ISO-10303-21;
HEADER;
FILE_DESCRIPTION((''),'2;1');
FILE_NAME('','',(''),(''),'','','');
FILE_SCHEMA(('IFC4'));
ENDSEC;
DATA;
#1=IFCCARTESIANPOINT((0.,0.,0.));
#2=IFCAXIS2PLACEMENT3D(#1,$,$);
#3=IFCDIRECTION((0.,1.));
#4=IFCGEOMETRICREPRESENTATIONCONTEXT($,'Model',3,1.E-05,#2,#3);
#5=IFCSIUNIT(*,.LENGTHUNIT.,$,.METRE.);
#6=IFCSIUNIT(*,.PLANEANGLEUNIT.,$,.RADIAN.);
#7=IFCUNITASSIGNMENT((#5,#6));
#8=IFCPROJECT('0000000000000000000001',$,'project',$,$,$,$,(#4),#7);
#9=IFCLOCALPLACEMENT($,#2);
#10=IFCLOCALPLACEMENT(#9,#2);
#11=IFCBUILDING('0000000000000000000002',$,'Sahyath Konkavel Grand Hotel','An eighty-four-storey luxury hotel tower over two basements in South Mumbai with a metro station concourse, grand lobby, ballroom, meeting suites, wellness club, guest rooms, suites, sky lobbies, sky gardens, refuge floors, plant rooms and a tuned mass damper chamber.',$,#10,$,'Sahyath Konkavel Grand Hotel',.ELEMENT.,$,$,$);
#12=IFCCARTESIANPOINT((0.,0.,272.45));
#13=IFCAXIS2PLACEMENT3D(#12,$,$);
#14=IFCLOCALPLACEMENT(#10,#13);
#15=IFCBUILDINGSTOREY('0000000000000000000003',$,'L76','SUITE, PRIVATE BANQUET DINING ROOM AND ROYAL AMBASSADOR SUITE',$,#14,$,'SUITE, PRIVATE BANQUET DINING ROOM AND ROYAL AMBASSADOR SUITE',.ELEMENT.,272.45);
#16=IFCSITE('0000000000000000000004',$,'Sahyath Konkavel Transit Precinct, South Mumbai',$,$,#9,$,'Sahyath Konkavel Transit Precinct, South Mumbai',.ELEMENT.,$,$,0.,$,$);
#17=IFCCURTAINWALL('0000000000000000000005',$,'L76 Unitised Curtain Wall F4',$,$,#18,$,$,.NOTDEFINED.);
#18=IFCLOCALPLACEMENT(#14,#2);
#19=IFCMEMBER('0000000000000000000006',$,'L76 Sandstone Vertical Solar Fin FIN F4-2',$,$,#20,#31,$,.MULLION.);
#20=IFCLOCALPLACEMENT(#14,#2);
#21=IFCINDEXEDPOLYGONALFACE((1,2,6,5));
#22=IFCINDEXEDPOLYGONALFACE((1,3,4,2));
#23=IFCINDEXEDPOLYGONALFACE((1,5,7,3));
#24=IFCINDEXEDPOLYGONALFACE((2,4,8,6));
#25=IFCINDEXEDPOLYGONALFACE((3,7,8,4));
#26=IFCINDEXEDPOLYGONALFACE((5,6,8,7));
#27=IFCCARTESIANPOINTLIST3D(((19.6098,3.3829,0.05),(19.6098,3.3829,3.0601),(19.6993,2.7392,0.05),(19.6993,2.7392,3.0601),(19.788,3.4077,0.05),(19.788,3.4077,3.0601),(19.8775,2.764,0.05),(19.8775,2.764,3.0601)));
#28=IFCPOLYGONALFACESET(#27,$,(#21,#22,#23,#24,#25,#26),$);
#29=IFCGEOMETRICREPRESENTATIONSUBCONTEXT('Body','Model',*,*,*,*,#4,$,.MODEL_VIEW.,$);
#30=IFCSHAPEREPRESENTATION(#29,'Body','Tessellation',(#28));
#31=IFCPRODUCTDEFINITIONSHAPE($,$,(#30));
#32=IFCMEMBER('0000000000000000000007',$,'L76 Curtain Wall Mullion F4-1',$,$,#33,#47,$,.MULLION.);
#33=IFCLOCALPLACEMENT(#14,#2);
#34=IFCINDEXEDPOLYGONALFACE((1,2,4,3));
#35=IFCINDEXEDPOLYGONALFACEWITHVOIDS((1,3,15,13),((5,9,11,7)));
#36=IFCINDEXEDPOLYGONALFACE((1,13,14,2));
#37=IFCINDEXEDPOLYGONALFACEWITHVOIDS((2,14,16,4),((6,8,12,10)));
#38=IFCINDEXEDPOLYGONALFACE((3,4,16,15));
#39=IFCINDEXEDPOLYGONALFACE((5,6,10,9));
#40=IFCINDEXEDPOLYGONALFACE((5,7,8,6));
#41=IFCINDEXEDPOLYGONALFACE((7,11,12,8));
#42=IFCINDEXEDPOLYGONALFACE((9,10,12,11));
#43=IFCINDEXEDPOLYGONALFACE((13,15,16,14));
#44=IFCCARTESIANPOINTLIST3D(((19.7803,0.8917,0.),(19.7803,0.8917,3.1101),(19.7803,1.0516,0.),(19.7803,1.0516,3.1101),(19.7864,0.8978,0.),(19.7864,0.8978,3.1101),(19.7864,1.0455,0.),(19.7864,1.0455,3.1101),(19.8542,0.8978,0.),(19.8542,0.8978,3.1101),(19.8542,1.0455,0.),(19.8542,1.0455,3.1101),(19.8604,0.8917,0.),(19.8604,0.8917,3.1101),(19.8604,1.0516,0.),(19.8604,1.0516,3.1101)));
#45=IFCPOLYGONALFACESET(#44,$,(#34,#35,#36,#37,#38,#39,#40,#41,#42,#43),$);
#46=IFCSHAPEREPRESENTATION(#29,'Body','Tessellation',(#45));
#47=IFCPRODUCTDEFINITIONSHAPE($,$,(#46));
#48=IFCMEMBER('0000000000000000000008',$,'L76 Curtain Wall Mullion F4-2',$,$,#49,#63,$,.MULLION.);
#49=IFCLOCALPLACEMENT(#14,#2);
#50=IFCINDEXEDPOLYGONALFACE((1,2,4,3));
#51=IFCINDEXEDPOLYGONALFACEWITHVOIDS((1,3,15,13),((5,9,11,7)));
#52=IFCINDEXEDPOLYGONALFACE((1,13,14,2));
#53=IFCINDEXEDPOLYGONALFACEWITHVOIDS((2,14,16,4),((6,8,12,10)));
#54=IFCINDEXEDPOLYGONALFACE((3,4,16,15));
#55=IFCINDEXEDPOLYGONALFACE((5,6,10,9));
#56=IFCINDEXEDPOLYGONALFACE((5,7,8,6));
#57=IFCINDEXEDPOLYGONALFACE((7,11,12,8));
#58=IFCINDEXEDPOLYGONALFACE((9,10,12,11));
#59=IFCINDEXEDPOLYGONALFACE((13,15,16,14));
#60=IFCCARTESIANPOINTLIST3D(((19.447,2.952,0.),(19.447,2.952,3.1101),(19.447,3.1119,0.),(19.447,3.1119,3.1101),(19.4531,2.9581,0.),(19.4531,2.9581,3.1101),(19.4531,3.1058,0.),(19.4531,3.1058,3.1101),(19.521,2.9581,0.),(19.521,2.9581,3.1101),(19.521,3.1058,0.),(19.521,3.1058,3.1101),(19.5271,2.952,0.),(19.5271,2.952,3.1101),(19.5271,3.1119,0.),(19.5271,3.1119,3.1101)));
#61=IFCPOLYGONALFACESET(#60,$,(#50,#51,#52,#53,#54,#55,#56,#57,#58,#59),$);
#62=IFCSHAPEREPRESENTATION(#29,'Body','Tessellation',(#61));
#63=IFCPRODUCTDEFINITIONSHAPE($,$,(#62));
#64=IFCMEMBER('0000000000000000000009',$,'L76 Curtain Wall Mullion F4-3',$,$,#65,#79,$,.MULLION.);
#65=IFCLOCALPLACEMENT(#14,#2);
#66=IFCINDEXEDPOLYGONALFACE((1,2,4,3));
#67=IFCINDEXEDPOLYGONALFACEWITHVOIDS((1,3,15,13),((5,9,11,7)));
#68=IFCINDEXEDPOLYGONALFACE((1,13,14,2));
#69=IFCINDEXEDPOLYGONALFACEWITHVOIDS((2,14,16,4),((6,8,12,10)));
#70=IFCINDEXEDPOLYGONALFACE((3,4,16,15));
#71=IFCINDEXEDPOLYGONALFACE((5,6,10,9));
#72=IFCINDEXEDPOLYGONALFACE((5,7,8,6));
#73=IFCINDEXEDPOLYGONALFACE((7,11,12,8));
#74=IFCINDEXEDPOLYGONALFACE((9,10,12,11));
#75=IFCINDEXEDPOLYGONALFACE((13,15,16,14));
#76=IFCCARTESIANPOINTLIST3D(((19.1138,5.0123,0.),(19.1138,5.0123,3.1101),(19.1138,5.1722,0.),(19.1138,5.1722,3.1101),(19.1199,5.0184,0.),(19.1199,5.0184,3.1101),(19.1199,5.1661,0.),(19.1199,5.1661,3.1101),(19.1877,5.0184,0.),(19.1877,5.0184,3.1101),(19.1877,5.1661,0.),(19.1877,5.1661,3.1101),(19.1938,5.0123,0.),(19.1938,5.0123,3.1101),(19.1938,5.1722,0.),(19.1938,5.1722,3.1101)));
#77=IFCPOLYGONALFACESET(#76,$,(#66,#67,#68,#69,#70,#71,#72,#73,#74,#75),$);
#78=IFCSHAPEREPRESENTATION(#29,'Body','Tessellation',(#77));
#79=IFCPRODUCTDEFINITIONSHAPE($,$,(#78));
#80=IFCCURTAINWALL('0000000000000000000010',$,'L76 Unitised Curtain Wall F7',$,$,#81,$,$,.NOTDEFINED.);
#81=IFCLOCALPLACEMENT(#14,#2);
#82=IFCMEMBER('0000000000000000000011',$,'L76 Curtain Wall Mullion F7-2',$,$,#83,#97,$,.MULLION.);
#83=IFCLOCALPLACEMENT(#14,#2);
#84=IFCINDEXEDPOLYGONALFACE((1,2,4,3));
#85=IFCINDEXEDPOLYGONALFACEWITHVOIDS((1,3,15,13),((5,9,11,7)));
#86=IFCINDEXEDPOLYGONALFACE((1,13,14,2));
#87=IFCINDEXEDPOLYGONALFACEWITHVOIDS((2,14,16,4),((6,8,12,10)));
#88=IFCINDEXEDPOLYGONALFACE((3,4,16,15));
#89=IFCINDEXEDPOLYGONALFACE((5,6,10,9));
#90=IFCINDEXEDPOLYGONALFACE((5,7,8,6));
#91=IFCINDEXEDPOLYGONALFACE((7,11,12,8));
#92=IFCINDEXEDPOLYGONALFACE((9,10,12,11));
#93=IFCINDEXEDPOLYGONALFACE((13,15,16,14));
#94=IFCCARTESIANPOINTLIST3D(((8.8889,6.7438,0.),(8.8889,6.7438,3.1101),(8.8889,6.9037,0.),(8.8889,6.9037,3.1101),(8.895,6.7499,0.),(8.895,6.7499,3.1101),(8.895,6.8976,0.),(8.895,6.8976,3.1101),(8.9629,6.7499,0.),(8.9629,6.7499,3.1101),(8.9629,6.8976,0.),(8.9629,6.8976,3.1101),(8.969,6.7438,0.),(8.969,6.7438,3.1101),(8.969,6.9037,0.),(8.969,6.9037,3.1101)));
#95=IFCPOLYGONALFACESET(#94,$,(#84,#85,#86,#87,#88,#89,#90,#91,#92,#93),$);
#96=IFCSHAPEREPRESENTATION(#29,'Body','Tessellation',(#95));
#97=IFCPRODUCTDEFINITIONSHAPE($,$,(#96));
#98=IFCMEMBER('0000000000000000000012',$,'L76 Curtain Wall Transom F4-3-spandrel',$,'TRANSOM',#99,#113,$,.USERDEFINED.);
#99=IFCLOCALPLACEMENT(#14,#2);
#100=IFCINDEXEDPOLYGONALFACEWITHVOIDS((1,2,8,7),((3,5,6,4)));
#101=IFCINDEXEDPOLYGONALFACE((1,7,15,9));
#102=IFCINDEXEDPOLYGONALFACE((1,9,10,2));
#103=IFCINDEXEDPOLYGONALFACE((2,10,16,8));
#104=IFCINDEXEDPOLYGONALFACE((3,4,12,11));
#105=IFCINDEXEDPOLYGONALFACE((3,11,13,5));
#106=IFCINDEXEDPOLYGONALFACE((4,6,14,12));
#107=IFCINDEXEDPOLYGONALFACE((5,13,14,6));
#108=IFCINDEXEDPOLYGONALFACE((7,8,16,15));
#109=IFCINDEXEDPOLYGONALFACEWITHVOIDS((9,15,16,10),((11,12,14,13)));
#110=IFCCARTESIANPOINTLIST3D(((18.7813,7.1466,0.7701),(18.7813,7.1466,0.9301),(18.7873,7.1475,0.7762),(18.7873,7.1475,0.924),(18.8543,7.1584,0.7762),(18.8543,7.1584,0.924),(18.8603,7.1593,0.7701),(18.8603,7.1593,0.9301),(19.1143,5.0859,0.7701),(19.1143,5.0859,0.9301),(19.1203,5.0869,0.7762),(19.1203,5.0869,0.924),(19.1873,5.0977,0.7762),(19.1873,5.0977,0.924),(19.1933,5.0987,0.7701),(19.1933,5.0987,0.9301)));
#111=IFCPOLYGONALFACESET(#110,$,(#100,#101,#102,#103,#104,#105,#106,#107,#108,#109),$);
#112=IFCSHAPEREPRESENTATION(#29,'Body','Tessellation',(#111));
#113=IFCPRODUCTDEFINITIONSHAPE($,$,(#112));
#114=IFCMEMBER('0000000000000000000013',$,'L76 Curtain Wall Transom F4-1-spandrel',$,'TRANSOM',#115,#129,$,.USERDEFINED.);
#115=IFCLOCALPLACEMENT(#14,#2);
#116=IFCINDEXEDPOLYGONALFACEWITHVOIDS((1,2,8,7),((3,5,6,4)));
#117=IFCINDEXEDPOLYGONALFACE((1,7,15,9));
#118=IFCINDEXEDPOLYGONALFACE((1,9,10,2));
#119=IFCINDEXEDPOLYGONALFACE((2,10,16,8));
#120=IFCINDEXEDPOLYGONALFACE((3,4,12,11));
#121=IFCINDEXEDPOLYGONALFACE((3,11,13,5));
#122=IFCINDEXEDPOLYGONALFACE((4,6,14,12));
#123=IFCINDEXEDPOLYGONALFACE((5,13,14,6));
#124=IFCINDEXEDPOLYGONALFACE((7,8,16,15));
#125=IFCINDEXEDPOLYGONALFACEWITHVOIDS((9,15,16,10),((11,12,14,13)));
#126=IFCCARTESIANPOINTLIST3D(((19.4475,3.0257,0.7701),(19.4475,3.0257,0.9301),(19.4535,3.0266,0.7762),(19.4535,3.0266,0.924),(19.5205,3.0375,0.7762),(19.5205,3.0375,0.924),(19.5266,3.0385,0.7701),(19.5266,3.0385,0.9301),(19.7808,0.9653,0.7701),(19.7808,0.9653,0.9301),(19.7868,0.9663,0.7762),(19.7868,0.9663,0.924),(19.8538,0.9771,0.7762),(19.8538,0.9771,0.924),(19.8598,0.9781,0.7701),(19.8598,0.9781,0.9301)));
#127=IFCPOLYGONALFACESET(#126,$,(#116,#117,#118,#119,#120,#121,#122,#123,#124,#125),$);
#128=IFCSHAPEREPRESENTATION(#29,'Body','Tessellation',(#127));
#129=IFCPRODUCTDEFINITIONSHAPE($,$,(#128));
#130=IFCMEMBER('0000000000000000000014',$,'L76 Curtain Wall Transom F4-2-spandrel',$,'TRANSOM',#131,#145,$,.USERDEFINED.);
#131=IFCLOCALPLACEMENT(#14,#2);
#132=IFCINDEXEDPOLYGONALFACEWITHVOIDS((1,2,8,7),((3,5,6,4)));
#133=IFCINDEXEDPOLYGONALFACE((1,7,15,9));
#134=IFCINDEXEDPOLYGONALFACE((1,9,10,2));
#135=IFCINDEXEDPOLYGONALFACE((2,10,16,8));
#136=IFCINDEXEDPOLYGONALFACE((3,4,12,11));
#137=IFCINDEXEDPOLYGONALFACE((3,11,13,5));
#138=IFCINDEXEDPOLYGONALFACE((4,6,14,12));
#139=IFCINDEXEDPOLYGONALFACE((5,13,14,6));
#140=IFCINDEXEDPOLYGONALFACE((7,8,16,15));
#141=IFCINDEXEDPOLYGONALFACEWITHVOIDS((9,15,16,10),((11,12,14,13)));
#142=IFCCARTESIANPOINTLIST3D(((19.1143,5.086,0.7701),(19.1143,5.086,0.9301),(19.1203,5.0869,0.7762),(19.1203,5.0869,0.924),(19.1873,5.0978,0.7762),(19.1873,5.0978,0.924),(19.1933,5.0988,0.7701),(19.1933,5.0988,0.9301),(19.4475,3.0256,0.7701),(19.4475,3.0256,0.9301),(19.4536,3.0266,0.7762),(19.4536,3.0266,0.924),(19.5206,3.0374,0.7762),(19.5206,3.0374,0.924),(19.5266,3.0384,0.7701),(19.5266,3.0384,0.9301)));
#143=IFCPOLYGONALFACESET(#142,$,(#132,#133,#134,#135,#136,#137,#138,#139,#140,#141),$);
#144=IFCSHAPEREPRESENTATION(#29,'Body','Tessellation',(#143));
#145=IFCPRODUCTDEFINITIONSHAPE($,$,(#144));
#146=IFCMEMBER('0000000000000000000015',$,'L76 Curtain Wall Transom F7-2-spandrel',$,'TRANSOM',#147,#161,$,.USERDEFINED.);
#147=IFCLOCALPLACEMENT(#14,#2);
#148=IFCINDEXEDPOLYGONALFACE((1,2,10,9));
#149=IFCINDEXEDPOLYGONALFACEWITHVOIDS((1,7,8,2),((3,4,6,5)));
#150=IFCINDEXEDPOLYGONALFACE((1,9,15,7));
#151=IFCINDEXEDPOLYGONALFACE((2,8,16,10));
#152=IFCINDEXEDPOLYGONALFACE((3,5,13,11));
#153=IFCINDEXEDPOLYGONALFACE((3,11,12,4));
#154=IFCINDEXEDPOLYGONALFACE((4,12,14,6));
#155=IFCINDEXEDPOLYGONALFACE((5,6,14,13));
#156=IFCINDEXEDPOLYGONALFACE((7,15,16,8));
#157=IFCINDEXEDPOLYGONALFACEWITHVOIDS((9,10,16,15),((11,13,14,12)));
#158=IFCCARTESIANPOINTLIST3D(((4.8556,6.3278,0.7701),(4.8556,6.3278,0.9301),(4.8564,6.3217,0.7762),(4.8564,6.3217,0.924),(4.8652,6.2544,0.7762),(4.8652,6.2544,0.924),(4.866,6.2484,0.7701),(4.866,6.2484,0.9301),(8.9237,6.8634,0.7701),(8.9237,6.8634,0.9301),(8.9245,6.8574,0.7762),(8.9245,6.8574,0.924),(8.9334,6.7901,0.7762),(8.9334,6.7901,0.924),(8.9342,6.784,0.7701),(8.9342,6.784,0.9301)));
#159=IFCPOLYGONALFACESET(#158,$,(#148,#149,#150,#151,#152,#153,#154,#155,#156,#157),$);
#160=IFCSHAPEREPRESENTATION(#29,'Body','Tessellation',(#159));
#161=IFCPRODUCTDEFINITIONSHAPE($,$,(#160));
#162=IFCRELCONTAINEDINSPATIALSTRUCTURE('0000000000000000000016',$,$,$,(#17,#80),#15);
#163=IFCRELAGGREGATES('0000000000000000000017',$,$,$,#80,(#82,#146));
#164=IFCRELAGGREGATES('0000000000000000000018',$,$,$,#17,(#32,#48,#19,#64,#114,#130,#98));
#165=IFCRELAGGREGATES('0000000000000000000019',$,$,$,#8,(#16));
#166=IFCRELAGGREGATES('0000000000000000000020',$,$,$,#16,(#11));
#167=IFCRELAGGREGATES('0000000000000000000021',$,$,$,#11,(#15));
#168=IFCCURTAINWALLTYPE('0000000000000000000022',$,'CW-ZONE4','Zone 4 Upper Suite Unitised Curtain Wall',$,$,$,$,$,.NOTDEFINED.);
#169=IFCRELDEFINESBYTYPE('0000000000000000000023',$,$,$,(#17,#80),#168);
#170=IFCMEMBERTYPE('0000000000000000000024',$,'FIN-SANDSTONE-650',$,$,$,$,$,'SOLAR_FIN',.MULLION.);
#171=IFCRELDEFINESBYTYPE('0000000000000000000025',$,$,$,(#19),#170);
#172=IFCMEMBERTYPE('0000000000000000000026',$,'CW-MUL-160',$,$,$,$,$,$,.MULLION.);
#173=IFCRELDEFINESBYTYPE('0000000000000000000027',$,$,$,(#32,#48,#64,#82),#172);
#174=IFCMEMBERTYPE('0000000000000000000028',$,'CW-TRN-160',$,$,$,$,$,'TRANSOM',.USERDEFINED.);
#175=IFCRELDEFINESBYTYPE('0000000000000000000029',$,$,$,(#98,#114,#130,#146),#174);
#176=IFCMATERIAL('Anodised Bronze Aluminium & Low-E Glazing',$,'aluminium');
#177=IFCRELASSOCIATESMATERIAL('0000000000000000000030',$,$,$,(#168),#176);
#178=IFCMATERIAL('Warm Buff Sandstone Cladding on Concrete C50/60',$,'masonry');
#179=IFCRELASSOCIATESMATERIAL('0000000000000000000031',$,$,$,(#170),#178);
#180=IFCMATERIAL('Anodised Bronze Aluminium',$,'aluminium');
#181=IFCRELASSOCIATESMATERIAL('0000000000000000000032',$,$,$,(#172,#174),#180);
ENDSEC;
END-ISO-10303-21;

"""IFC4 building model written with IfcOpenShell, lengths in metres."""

from ifc_helpers import new_model, si_unit, direction, frame, origin, origin_2d, place, context, subcontext, project, spatial, rectangle, hollow_rectangle, extrude, source, transform, mapped, material, material_profile, profile_set, type_object, element, aggregate, save


model = new_model("IFC4")

# Units and contexts
model_context = context("Model", 3, precision=1e-05, world=origin(), true_north=direction((0.0, 1.0)))
body_context = subcontext(model_context, "Body", "Model", "MODEL_VIEW")
ifc_project = project(units=[si_unit("LENGTHUNIT", "METRE"), si_unit("PLANEANGLEUNIT", "RADIAN")], contexts=[model_context])

# Site, building, storey
site_placement = place(None, origin())
site = spatial("IfcSite", under=ifc_project, at=site_placement, Name="Sahyath Konkavel Transit Precinct, South Mumbai", LongName="Sahyath Konkavel Transit Precinct, South Mumbai", CompositionType="ELEMENT", RefElevation=0.0)
building_placement = place(site_placement, origin())
building = spatial("IfcBuilding", under=site, at=building_placement, Name="Sahyath Konkavel Grand Hotel", Description="An eighty-four-storey luxury hotel tower over two basements in South Mumbai with a metro station concourse, grand lobby, ballroom, meeting suites, wellness club, guest rooms, suites, sky lobbies, sky gardens, refuge floors, plant rooms and a tuned mass damper chamber.", LongName="Sahyath Konkavel Grand Hotel", CompositionType="ELEMENT")
storey_placement = place(building_placement, frame((0.0, 0.0, 272.45)))
storey = spatial("IfcBuildingStorey", under=building, at=storey_placement, Name="L76", Description="SUITE, PRIVATE BANQUET DINING ROOM AND ROYAL AMBASSADOR SUITE", LongName="SUITE, PRIVATE BANQUET DINING ROOM AND ROYAL AMBASSADOR SUITE", CompositionType="ELEMENT", Elevation=272.45)

# Curtain wall, members
ifc_material_1 = material(Name="Anodised Bronze Aluminium & Low-E Glazing", Category="aluminium")
curtain_wall_type = type_object("IfcCurtainWallType", Name="CW-ZONE4", Description="Zone 4 Upper Suite Unitised Curtain Wall", PredefinedType="NOTDEFINED", material=ifc_material_1)
curtain_wall_1_placement = place(storey_placement, origin())
curtain_wall_1 = element("IfcCurtainWall", 1, at=curtain_wall_1_placement, inside=storey, type_object=curtain_wall_type, Name="L76 Unitised Curtain Wall F4", PredefinedType="NOTDEFINED")
ifc_material_2 = material(Name="Warm Buff Sandstone Cladding on Concrete C50/60", Category="masonry")
ifc_material_profile_1 = material_profile(ifc_material_2, rectangle(XDim=0.1799, YDim=0.6499, at=origin_2d()), Name="FIN 180x650")
ifc_profile_set_1 = profile_set([ifc_material_profile_1], Name="Warm Buff Sandstone Cladding on Concrete C50/60")
member_type_1 = type_object("IfcMemberType", Name="FIN-SANDSTONE-650", ElementType="SOLAR_FIN", PredefinedType="MULLION", material=ifc_profile_set_1)
shared_shape_1 = source(origin(), body_context, "Body", "SweptSolid", [
    extrude(rectangle(XDim=0.1799, YDim=0.6499, at=origin_2d()), origin(), (0.0, 0.0, 1.0), 3.01),
])
member_1_placement = place(storey_placement, frame((19.7437, 3.0735, 0.05), z_axis=(0.0, 0.0, 1.0), x_axis=(0.990461, 0.13779, 0.0)))
member_1 = element("IfcMember", 2, at=member_1_placement, type_object=member_type_1, Name="L76 Sandstone Vertical Solar Fin FIN F4-2", PredefinedType="MULLION", context=body_context, shape_type="MappedRepresentation", body=[
    mapped(shared_shape_1, transform((0.0, 0.0, 0.0), scale=1.0)),
])
ifc_material_3 = material(Name="Anodised Bronze Aluminium", Category="aluminium")
ifc_material_profile_2 = material_profile(ifc_material_3, hollow_rectangle(XDim=0.0801, YDim=0.1599, WallThickness=0.0061, at=origin_2d()), Name="RHS 160x80x6")
ifc_profile_set_2 = profile_set([ifc_material_profile_2], Name="Anodised Bronze Aluminium")
member_type_2 = type_object("IfcMemberType", Name="CW-MUL-160", PredefinedType="MULLION", material=ifc_profile_set_2)
shared_shape_2 = source(origin(), body_context, "Body", "SweptSolid", [
    extrude(hollow_rectangle(XDim=0.0801, YDim=0.1599, WallThickness=0.0061, at=origin_2d()), origin(), (0.0, 0.0, 1.0), 3.1101),
])
member_2_placement = place(storey_placement, frame((19.8203, 0.9717, 0.0), z_axis=(0.0, 0.0, 1.0), x_axis=(1.0, 0.0, 0.0)))
member_2 = element("IfcMember", 3, at=member_2_placement, type_object=member_type_2, Name="L76 Curtain Wall Mullion F4-1", PredefinedType="MULLION", context=body_context, shape_type="MappedRepresentation", body=[
    mapped(shared_shape_2, transform((0.0, 0.0, 0.0), scale=1.0)),
])
member_3_placement = place(storey_placement, frame((19.4871, 3.032, 0.0), z_axis=(0.0, 0.0, 1.0), x_axis=(1.0, 0.0, 0.0)))
member_3 = element("IfcMember", 4, at=member_3_placement, type_object=member_type_2, Name="L76 Curtain Wall Mullion F4-2", PredefinedType="MULLION", context=body_context, shape_type="MappedRepresentation", body=[
    mapped(shared_shape_2, transform((0.0, 0.0, 0.0), scale=1.0)),
])
member_4_placement = place(storey_placement, frame((19.1538, 5.0923, 0.0), z_axis=(0.0, 0.0, 1.0), x_axis=(1.0, 0.0, 0.0)))
member_4 = element("IfcMember", 5, at=member_4_placement, type_object=member_type_2, Name="L76 Curtain Wall Mullion F4-3", PredefinedType="MULLION", context=body_context, shape_type="MappedRepresentation", body=[
    mapped(shared_shape_2, transform((0.0, 0.0, 0.0), scale=1.0)),
])

# Curtain wall, member
curtain_wall_2_placement = place(storey_placement, origin())
curtain_wall_2 = element("IfcCurtainWall", 6, at=curtain_wall_2_placement, inside=storey, type_object=curtain_wall_type, Name="L76 Unitised Curtain Wall F7", PredefinedType="NOTDEFINED")
member_5_placement = place(storey_placement, frame((8.929, 6.8237, 0.0), z_axis=(0.0, 0.0, 1.0), x_axis=(1.0, 0.0, 0.0)))
member_5 = element("IfcMember", 7, at=member_5_placement, type_object=member_type_2, Name="L76 Curtain Wall Mullion F7-2", PredefinedType="MULLION", context=body_context, shape_type="MappedRepresentation", body=[
    mapped(shared_shape_2, transform((0.0, 0.0, 0.0), scale=1.0)),
])

# Members
ifc_material_profile_3 = material_profile(ifc_material_3, hollow_rectangle(XDim=0.0801, YDim=0.1599, WallThickness=0.0061, at=origin_2d()), Name="RHS 160x80x6")
ifc_profile_set_3 = profile_set([ifc_material_profile_3], Name="Anodised Bronze Aluminium")
member_type_3 = type_object("IfcMemberType", Name="CW-TRN-160", ElementType="TRANSOM", PredefinedType="USERDEFINED", material=ifc_profile_set_3)
shared_shape_3 = source(origin(), body_context, "Body", "SweptSolid", [
    extrude(hollow_rectangle(XDim=0.0801, YDim=0.1599, WallThickness=0.0061, at=origin_2d()), origin(), (0.0, 0.0, 1.0), 2.0874),
])
member_6_placement = place(storey_placement, frame((19.1538, 5.0923, 0.8501), z_axis=(-0.159541, 0.987191, 0.0), x_axis=(-0.987191, -0.159541, 0.0)))
member_6 = element("IfcMember", 8, at=member_6_placement, type_object=member_type_3, Name="L76 Curtain Wall Transom F4-3-spandrel", ObjectType="TRANSOM", PredefinedType="USERDEFINED", context=body_context, shape_type="MappedRepresentation", body=[
    mapped(shared_shape_3, transform((0.0, 0.0, 0.0), scale=1.0)),
])
shared_shape_4 = source(origin(), body_context, "Body", "SweptSolid", [
    extrude(hollow_rectangle(XDim=0.0801, YDim=0.1599, WallThickness=0.0061, at=origin_2d()), origin(), (0.0, 0.0, 1.0), 2.0872),
])
member_7_placement = place(storey_placement, frame((19.8203, 0.9717, 0.8501), z_axis=(-0.159674, 0.98717, 0.0), x_axis=(-0.98717, -0.159674, 0.0)))
member_7 = element("IfcMember", 9, at=member_7_placement, type_object=member_type_3, Name="L76 Curtain Wall Transom F4-1-spandrel", ObjectType="TRANSOM", PredefinedType="USERDEFINED", context=body_context, shape_type="MappedRepresentation", body=[
    mapped(shared_shape_4, transform((0.0, 0.0, 0.0), scale=1.0)),
])
member_8_placement = place(storey_placement, frame((19.4871, 3.032, 0.8501), z_axis=(-0.159674, 0.98717, 0.0), x_axis=(-0.98717, -0.159674, 0.0)))
member_8 = element("IfcMember", 10, at=member_8_placement, type_object=member_type_3, Name="L76 Curtain Wall Transom F4-2-spandrel", ObjectType="TRANSOM", PredefinedType="USERDEFINED", context=body_context, shape_type="MappedRepresentation", body=[
    mapped(shared_shape_4, transform((0.0, 0.0, 0.0), scale=1.0)),
])
shared_shape_5 = source(origin(), body_context, "Body", "SweptSolid", [
    extrude(hollow_rectangle(XDim=0.0801, YDim=0.1599, WallThickness=0.0061, at=origin_2d()), origin(), (0.0, 0.0, 1.0), 4.1033),
])
member_9_placement = place(storey_placement, frame((8.929, 6.8237, 0.8501), z_axis=(-0.991443, -0.130542, 0.0), x_axis=(0.130542, -0.991443, 0.0)))
member_9 = element("IfcMember", 11, at=member_9_placement, type_object=member_type_3, Name="L76 Curtain Wall Transom F7-2-spandrel", ObjectType="TRANSOM", PredefinedType="USERDEFINED", context=body_context, shape_type="MappedRepresentation", body=[
    mapped(shared_shape_5, transform((0.0, 0.0, 0.0), scale=1.0)),
])
aggregate(curtain_wall_2, [member_5, member_9])

aggregate(curtain_wall_1, [member_2, member_3, member_1, member_4, member_7, member_8, member_6])

save(model, "model.ifc")
